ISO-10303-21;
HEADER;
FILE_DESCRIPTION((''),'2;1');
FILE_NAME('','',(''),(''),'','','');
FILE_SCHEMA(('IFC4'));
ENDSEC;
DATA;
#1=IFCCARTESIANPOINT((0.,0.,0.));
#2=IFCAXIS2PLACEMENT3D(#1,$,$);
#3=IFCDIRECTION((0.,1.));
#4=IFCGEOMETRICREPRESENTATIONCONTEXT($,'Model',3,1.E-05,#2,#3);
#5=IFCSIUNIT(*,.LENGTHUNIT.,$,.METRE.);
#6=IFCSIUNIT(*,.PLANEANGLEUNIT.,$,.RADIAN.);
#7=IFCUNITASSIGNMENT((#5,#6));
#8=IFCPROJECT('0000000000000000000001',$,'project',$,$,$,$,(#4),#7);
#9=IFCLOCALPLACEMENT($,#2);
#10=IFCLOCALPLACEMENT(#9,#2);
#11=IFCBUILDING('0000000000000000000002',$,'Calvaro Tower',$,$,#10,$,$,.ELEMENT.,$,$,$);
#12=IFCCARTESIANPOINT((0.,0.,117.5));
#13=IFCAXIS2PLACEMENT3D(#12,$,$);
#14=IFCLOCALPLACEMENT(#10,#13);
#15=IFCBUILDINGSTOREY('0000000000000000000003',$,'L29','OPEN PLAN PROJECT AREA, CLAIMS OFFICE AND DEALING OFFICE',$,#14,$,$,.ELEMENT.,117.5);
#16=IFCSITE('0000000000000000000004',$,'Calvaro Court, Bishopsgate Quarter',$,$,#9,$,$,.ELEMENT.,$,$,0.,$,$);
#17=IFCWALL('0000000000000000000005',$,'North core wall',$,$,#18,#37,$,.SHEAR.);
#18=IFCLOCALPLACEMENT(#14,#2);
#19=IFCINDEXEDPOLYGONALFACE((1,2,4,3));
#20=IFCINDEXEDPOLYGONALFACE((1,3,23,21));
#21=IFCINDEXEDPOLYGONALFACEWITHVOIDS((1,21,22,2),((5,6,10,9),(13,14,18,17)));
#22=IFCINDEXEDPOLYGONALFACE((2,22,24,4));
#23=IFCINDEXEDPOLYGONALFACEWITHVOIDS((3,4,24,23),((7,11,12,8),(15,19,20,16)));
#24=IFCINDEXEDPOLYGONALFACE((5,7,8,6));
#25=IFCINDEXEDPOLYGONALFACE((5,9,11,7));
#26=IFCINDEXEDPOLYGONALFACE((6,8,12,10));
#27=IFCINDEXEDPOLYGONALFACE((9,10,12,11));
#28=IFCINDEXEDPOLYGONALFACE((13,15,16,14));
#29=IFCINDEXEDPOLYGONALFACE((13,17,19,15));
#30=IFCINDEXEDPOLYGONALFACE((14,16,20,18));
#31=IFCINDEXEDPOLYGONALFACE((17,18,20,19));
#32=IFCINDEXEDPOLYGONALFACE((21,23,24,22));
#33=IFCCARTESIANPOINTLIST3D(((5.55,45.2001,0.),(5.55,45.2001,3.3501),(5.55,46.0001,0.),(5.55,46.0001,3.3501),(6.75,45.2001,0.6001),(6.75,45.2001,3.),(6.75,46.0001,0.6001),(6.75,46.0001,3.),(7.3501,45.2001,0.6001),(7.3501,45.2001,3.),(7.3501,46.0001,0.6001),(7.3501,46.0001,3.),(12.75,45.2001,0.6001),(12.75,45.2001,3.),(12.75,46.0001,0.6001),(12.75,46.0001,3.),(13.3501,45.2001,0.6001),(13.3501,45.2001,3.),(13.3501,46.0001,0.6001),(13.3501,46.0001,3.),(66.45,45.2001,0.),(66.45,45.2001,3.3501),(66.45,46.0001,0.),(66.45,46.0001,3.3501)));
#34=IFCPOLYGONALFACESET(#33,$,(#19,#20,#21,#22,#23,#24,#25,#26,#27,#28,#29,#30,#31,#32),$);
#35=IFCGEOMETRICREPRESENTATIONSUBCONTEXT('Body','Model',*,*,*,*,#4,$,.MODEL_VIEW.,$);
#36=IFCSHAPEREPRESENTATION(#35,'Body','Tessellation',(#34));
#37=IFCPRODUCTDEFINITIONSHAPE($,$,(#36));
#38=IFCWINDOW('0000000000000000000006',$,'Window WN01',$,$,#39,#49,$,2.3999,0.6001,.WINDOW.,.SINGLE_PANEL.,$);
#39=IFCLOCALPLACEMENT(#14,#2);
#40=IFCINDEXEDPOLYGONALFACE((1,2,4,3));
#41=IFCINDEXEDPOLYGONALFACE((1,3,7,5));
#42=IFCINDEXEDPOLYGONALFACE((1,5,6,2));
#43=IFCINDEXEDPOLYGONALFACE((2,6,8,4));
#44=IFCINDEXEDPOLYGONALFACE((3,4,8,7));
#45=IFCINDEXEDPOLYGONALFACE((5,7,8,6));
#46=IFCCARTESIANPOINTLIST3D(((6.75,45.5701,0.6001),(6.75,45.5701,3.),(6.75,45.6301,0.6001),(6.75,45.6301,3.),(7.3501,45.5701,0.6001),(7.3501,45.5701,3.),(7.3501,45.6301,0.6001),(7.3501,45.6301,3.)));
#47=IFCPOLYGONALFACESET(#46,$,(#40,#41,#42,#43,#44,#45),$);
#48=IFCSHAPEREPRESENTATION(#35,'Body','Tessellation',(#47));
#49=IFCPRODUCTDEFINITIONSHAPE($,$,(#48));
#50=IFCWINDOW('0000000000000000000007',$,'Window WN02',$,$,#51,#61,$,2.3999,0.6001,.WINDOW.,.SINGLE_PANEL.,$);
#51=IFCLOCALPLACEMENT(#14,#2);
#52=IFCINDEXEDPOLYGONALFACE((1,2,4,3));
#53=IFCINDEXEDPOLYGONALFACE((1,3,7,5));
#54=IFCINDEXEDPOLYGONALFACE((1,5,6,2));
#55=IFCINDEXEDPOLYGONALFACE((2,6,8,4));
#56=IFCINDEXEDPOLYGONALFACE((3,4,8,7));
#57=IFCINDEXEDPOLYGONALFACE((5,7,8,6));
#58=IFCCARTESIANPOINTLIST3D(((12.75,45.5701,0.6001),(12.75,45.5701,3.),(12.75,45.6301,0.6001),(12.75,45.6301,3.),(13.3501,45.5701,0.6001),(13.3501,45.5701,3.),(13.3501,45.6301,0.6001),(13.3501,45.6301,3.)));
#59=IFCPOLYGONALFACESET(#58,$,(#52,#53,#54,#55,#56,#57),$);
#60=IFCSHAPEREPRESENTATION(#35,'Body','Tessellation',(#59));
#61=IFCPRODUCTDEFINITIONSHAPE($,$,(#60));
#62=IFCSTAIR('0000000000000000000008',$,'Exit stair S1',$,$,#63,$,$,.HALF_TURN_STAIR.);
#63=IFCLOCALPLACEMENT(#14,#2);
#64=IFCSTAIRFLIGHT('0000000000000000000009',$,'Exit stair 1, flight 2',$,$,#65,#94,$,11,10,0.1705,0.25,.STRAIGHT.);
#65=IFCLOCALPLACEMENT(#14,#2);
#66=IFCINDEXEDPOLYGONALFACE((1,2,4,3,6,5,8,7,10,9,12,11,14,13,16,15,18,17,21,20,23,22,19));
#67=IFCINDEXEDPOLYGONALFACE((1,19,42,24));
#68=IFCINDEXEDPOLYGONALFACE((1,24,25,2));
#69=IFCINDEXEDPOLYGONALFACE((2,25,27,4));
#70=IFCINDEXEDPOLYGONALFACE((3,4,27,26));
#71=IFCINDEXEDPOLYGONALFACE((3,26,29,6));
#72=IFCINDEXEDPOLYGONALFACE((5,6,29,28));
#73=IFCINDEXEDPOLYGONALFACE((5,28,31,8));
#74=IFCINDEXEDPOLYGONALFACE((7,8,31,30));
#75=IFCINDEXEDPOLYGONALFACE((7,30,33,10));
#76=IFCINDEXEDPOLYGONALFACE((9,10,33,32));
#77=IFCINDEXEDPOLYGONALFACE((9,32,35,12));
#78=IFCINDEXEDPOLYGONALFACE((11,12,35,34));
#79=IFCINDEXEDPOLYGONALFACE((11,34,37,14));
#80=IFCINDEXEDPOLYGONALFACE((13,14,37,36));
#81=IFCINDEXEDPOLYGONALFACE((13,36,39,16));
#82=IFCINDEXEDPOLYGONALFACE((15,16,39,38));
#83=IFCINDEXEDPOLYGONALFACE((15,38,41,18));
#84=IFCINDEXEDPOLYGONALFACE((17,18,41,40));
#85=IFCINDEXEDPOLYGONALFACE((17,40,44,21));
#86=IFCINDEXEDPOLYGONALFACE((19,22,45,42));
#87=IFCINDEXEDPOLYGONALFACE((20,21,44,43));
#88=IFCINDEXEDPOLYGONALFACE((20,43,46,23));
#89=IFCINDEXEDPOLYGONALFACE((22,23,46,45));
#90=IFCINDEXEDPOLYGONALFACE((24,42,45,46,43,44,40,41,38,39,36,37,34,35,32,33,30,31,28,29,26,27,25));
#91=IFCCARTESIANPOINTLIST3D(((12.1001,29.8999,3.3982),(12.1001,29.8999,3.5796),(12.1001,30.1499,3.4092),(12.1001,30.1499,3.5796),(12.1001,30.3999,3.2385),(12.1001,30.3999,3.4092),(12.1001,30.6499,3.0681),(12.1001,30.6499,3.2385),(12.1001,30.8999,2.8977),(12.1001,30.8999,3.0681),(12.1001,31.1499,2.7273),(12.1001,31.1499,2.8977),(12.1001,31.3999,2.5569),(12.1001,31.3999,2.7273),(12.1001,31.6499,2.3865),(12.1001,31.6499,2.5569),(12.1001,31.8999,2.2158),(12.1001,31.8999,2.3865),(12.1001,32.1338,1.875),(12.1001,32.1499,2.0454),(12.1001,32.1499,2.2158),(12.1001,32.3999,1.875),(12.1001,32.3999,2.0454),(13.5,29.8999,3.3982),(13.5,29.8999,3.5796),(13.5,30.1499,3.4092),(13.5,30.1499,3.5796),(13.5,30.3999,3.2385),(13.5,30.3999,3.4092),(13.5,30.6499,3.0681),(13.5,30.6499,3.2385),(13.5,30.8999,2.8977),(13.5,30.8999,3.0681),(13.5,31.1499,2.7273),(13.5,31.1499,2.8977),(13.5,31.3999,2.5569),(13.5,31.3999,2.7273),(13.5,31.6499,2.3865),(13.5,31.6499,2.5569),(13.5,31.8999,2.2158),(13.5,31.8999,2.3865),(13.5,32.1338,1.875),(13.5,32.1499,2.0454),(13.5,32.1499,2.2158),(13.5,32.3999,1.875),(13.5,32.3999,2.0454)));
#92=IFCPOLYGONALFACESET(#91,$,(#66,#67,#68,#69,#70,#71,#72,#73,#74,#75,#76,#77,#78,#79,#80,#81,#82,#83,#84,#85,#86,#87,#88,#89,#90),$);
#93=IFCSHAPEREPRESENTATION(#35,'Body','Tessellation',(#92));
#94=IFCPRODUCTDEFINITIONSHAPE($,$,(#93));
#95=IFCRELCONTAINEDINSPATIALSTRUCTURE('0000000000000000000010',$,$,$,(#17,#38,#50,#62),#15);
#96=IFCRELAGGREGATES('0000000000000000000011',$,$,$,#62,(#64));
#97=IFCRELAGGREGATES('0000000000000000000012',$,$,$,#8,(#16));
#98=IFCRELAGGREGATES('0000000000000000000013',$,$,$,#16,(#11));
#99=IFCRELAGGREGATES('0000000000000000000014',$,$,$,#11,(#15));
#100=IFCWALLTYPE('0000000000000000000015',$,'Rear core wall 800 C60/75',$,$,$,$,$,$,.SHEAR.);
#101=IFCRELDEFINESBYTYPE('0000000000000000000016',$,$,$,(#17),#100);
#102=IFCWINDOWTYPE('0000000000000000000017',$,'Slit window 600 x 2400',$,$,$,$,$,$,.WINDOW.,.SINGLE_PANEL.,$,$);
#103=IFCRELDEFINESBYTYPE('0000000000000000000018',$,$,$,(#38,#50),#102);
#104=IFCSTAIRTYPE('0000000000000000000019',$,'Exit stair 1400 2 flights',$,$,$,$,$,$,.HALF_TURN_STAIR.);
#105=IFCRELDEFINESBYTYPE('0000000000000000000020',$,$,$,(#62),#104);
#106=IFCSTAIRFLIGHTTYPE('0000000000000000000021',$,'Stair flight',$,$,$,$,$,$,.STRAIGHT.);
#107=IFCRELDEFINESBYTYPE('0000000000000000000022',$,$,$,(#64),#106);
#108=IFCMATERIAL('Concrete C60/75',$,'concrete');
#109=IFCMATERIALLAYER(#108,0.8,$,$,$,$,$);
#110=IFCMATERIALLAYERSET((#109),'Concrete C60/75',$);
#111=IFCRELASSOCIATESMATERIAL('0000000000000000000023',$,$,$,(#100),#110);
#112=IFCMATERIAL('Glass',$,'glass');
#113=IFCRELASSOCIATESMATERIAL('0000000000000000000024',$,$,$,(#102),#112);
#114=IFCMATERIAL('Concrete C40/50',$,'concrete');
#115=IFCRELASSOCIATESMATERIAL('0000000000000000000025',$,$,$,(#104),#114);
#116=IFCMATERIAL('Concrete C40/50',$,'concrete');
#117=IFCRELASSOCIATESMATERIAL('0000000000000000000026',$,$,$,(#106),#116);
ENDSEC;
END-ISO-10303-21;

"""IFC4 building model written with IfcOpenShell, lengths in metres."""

from ifc_helpers import new_model, si_unit, direction, frame, frame_2d, origin, place, context, subcontext, project, spatial, polyline, rectangle, outline, extrude, material, layer, layer_set, type_object, element, fill, aggregate, save


model = new_model("IFC4")

# Units and contexts
model_context = context("Model", 3, precision=1e-05, world=origin(), true_north=direction((0.0, 1.0)))
body_context = subcontext(model_context, "Body", "Model", "MODEL_VIEW")
ifc_project = project(units=[si_unit("LENGTHUNIT", "METRE"), si_unit("PLANEANGLEUNIT", "RADIAN")], contexts=[model_context])

# Site, building, storey
site_placement = place(None, origin())
site = spatial("IfcSite", under=ifc_project, at=site_placement, Name="Calvaro Court, Bishopsgate Quarter", CompositionType="ELEMENT", RefElevation=0.0)
building_placement = place(site_placement, origin())
building = spatial("IfcBuilding", under=site, at=building_placement, Name="Calvaro Tower", CompositionType="ELEMENT")
storey_placement = place(building_placement, frame((0.0, 0.0, 117.5)))
storey = spatial("IfcBuildingStorey", under=building, at=storey_placement, Name="L29", Description="OPEN PLAN PROJECT AREA, CLAIMS OFFICE AND DEALING OFFICE", CompositionType="ELEMENT", Elevation=117.5)

# Wall, openings, windows
ifc_material_1 = material(Name="Concrete C60/75", Category="concrete")
ifc_layer_1 = layer(ifc_material_1, 0.8)
ifc_layer_set_1 = layer_set([ifc_layer_1], Name="Concrete C60/75")
wall_type_1 = type_object("IfcWallType", Name="Rear core wall 800 C60/75", PredefinedType="SHEAR", material=ifc_layer_set_1)
wall_1_placement = place(storey_placement, frame((5.55, 45.6001, 0.0), z_axis=(0.0, 0.0, 1.0), x_axis=(1.0, 0.0, 0.0)))
wall_1 = element("IfcWall", 1, at=wall_1_placement, inside=storey, type_object=wall_type_1, Name="North core wall", PredefinedType="SHEAR", context=body_context, shape_type="SweptSolid", body=[
    extrude(rectangle(XDim=60.8999, YDim=0.8, at=frame_2d((30.45, 0.0))), origin(), (0.0, 0.0, 1.0), 3.3501),
])
opening_1_placement = place(wall_1_placement, frame((1.2, 0.0, 0.6001)))
opening_1 = element("IfcOpeningElement", 2, at=opening_1_placement, cuts=wall_1, PredefinedType="OPENING", context=body_context, shape_type="SweptSolid", body=[
    extrude(rectangle(XDim=0.6001, YDim=2.3999, at=frame_2d((0.3, 1.2))), frame((0.0, 0.4099, 0.0), z_axis=(0.0, -1.0, 0.0), x_axis=(1.0, 0.0, 0.0)), (0.0, 0.0, 1.0), 0.8201),
])
opening_2_placement = place(wall_1_placement, frame((7.2, 0.0, 0.6001)))
opening_2 = element("IfcOpeningElement", 3, at=opening_2_placement, cuts=wall_1, PredefinedType="OPENING", context=body_context, shape_type="SweptSolid", body=[
    extrude(rectangle(XDim=0.6001, YDim=2.3999, at=frame_2d((0.3, 1.2))), frame((0.0, 0.4099, 0.0), z_axis=(0.0, -1.0, 0.0), x_axis=(1.0, 0.0, 0.0)), (0.0, 0.0, 1.0), 0.8201),
])
ifc_material_2 = material(Name="Glass", Category="glass")
window_type = type_object("IfcWindowType", Name="Slit window 600 x 2400", PartitioningType="SINGLE_PANEL", PredefinedType="WINDOW", material=ifc_material_2)
window_1_placement = place(opening_1_placement, origin())
window_1 = element("IfcWindow", 4, at=window_1_placement, inside=storey, type_object=window_type, Name="Window WN01", OverallHeight=2.3999, OverallWidth=0.6001, PartitioningType="SINGLE_PANEL", PredefinedType="WINDOW", context=body_context, shape_type="SweptSolid", body=[
    extrude(rectangle(XDim=0.6001, YDim=2.3999, at=frame_2d((0.3, 1.2))), frame((0.0, 0.03, 0.0), z_axis=(0.0, -1.0, 0.0), x_axis=(1.0, 0.0, 0.0)), (0.0, 0.0, 1.0), 0.0601),
])
fill(opening_1, window_1)
window_2_placement = place(opening_2_placement, origin())
window_2 = element("IfcWindow", 5, at=window_2_placement, inside=storey, type_object=window_type, Name="Window WN02", OverallHeight=2.3999, OverallWidth=0.6001, PartitioningType="SINGLE_PANEL", PredefinedType="WINDOW", context=body_context, shape_type="SweptSolid", body=[
    extrude(rectangle(XDim=0.6001, YDim=2.3999, at=frame_2d((0.3, 1.2))), frame((0.0, 0.03, 0.0), z_axis=(0.0, -1.0, 0.0), x_axis=(1.0, 0.0, 0.0)), (0.0, 0.0, 1.0), 0.0601),
])
fill(opening_2, window_2)

# Stair, stair flight
ifc_material_3 = material(Name="Concrete C40/50", Category="concrete")
stair_type = type_object("IfcStairType", Name="Exit stair 1400 2 flights", PredefinedType="HALF_TURN_STAIR", material=ifc_material_3)
stair_placement = place(storey_placement, origin())
stair = element("IfcStair", 6, at=stair_placement, inside=storey, type_object=stair_type, Name="Exit stair S1", PredefinedType="HALF_TURN_STAIR")
ifc_material_4 = material(Name="Concrete C40/50", Category="concrete")
stair_flight_type = type_object("IfcStairFlightType", Name="Stair flight", PredefinedType="STRAIGHT", material=ifc_material_4)
stair_flight_placement = place(storey_placement, frame((12.8, 32.3999, 1.875), z_axis=(0.0, 0.0, 1.0), x_axis=(0.0, -1.0, 0.0)))
stair_flight = element("IfcStairFlight", 7, at=stair_flight_placement, type_object=stair_flight_type, Name="Exit stair 1, flight 2", NumberOfRisers=11, NumberOfTreads=10, PredefinedType="STRAIGHT", RiserHeight=0.1705, TreadLength=0.25, context=body_context, shape_type="SweptSolid", body=[
    extrude(outline(polyline([(0.0, 0.0), (0.0, 0.1704), (0.25, 0.1704), (0.25, 0.3408), (0.5, 0.3408), (0.5, 0.5115), (0.75, 0.5115), (0.75, 0.6819), (1.0, 0.6819), (1.0, 0.8523), (1.25, 0.8523), (1.25, 1.0227), (1.5, 1.0227), (1.5, 1.1931), (1.75, 1.1931), (1.75, 1.3635), (2.0, 1.3635), (2.0, 1.5342), (2.25, 1.5342), (2.25, 1.7046), (2.5, 1.7046), (2.5, 1.875), (2.5, 1.5232), (0.2661, 0.0), (0.0, 0.0)])), frame((0.0, 0.7, 0.0), z_axis=(0.0, -1.0, 0.0), x_axis=(1.0, 0.0, 0.0)), (0.0, 0.0, 1.0), 1.3999),
])
aggregate(stair, [stair_flight])

save(model, "model.ifc")
